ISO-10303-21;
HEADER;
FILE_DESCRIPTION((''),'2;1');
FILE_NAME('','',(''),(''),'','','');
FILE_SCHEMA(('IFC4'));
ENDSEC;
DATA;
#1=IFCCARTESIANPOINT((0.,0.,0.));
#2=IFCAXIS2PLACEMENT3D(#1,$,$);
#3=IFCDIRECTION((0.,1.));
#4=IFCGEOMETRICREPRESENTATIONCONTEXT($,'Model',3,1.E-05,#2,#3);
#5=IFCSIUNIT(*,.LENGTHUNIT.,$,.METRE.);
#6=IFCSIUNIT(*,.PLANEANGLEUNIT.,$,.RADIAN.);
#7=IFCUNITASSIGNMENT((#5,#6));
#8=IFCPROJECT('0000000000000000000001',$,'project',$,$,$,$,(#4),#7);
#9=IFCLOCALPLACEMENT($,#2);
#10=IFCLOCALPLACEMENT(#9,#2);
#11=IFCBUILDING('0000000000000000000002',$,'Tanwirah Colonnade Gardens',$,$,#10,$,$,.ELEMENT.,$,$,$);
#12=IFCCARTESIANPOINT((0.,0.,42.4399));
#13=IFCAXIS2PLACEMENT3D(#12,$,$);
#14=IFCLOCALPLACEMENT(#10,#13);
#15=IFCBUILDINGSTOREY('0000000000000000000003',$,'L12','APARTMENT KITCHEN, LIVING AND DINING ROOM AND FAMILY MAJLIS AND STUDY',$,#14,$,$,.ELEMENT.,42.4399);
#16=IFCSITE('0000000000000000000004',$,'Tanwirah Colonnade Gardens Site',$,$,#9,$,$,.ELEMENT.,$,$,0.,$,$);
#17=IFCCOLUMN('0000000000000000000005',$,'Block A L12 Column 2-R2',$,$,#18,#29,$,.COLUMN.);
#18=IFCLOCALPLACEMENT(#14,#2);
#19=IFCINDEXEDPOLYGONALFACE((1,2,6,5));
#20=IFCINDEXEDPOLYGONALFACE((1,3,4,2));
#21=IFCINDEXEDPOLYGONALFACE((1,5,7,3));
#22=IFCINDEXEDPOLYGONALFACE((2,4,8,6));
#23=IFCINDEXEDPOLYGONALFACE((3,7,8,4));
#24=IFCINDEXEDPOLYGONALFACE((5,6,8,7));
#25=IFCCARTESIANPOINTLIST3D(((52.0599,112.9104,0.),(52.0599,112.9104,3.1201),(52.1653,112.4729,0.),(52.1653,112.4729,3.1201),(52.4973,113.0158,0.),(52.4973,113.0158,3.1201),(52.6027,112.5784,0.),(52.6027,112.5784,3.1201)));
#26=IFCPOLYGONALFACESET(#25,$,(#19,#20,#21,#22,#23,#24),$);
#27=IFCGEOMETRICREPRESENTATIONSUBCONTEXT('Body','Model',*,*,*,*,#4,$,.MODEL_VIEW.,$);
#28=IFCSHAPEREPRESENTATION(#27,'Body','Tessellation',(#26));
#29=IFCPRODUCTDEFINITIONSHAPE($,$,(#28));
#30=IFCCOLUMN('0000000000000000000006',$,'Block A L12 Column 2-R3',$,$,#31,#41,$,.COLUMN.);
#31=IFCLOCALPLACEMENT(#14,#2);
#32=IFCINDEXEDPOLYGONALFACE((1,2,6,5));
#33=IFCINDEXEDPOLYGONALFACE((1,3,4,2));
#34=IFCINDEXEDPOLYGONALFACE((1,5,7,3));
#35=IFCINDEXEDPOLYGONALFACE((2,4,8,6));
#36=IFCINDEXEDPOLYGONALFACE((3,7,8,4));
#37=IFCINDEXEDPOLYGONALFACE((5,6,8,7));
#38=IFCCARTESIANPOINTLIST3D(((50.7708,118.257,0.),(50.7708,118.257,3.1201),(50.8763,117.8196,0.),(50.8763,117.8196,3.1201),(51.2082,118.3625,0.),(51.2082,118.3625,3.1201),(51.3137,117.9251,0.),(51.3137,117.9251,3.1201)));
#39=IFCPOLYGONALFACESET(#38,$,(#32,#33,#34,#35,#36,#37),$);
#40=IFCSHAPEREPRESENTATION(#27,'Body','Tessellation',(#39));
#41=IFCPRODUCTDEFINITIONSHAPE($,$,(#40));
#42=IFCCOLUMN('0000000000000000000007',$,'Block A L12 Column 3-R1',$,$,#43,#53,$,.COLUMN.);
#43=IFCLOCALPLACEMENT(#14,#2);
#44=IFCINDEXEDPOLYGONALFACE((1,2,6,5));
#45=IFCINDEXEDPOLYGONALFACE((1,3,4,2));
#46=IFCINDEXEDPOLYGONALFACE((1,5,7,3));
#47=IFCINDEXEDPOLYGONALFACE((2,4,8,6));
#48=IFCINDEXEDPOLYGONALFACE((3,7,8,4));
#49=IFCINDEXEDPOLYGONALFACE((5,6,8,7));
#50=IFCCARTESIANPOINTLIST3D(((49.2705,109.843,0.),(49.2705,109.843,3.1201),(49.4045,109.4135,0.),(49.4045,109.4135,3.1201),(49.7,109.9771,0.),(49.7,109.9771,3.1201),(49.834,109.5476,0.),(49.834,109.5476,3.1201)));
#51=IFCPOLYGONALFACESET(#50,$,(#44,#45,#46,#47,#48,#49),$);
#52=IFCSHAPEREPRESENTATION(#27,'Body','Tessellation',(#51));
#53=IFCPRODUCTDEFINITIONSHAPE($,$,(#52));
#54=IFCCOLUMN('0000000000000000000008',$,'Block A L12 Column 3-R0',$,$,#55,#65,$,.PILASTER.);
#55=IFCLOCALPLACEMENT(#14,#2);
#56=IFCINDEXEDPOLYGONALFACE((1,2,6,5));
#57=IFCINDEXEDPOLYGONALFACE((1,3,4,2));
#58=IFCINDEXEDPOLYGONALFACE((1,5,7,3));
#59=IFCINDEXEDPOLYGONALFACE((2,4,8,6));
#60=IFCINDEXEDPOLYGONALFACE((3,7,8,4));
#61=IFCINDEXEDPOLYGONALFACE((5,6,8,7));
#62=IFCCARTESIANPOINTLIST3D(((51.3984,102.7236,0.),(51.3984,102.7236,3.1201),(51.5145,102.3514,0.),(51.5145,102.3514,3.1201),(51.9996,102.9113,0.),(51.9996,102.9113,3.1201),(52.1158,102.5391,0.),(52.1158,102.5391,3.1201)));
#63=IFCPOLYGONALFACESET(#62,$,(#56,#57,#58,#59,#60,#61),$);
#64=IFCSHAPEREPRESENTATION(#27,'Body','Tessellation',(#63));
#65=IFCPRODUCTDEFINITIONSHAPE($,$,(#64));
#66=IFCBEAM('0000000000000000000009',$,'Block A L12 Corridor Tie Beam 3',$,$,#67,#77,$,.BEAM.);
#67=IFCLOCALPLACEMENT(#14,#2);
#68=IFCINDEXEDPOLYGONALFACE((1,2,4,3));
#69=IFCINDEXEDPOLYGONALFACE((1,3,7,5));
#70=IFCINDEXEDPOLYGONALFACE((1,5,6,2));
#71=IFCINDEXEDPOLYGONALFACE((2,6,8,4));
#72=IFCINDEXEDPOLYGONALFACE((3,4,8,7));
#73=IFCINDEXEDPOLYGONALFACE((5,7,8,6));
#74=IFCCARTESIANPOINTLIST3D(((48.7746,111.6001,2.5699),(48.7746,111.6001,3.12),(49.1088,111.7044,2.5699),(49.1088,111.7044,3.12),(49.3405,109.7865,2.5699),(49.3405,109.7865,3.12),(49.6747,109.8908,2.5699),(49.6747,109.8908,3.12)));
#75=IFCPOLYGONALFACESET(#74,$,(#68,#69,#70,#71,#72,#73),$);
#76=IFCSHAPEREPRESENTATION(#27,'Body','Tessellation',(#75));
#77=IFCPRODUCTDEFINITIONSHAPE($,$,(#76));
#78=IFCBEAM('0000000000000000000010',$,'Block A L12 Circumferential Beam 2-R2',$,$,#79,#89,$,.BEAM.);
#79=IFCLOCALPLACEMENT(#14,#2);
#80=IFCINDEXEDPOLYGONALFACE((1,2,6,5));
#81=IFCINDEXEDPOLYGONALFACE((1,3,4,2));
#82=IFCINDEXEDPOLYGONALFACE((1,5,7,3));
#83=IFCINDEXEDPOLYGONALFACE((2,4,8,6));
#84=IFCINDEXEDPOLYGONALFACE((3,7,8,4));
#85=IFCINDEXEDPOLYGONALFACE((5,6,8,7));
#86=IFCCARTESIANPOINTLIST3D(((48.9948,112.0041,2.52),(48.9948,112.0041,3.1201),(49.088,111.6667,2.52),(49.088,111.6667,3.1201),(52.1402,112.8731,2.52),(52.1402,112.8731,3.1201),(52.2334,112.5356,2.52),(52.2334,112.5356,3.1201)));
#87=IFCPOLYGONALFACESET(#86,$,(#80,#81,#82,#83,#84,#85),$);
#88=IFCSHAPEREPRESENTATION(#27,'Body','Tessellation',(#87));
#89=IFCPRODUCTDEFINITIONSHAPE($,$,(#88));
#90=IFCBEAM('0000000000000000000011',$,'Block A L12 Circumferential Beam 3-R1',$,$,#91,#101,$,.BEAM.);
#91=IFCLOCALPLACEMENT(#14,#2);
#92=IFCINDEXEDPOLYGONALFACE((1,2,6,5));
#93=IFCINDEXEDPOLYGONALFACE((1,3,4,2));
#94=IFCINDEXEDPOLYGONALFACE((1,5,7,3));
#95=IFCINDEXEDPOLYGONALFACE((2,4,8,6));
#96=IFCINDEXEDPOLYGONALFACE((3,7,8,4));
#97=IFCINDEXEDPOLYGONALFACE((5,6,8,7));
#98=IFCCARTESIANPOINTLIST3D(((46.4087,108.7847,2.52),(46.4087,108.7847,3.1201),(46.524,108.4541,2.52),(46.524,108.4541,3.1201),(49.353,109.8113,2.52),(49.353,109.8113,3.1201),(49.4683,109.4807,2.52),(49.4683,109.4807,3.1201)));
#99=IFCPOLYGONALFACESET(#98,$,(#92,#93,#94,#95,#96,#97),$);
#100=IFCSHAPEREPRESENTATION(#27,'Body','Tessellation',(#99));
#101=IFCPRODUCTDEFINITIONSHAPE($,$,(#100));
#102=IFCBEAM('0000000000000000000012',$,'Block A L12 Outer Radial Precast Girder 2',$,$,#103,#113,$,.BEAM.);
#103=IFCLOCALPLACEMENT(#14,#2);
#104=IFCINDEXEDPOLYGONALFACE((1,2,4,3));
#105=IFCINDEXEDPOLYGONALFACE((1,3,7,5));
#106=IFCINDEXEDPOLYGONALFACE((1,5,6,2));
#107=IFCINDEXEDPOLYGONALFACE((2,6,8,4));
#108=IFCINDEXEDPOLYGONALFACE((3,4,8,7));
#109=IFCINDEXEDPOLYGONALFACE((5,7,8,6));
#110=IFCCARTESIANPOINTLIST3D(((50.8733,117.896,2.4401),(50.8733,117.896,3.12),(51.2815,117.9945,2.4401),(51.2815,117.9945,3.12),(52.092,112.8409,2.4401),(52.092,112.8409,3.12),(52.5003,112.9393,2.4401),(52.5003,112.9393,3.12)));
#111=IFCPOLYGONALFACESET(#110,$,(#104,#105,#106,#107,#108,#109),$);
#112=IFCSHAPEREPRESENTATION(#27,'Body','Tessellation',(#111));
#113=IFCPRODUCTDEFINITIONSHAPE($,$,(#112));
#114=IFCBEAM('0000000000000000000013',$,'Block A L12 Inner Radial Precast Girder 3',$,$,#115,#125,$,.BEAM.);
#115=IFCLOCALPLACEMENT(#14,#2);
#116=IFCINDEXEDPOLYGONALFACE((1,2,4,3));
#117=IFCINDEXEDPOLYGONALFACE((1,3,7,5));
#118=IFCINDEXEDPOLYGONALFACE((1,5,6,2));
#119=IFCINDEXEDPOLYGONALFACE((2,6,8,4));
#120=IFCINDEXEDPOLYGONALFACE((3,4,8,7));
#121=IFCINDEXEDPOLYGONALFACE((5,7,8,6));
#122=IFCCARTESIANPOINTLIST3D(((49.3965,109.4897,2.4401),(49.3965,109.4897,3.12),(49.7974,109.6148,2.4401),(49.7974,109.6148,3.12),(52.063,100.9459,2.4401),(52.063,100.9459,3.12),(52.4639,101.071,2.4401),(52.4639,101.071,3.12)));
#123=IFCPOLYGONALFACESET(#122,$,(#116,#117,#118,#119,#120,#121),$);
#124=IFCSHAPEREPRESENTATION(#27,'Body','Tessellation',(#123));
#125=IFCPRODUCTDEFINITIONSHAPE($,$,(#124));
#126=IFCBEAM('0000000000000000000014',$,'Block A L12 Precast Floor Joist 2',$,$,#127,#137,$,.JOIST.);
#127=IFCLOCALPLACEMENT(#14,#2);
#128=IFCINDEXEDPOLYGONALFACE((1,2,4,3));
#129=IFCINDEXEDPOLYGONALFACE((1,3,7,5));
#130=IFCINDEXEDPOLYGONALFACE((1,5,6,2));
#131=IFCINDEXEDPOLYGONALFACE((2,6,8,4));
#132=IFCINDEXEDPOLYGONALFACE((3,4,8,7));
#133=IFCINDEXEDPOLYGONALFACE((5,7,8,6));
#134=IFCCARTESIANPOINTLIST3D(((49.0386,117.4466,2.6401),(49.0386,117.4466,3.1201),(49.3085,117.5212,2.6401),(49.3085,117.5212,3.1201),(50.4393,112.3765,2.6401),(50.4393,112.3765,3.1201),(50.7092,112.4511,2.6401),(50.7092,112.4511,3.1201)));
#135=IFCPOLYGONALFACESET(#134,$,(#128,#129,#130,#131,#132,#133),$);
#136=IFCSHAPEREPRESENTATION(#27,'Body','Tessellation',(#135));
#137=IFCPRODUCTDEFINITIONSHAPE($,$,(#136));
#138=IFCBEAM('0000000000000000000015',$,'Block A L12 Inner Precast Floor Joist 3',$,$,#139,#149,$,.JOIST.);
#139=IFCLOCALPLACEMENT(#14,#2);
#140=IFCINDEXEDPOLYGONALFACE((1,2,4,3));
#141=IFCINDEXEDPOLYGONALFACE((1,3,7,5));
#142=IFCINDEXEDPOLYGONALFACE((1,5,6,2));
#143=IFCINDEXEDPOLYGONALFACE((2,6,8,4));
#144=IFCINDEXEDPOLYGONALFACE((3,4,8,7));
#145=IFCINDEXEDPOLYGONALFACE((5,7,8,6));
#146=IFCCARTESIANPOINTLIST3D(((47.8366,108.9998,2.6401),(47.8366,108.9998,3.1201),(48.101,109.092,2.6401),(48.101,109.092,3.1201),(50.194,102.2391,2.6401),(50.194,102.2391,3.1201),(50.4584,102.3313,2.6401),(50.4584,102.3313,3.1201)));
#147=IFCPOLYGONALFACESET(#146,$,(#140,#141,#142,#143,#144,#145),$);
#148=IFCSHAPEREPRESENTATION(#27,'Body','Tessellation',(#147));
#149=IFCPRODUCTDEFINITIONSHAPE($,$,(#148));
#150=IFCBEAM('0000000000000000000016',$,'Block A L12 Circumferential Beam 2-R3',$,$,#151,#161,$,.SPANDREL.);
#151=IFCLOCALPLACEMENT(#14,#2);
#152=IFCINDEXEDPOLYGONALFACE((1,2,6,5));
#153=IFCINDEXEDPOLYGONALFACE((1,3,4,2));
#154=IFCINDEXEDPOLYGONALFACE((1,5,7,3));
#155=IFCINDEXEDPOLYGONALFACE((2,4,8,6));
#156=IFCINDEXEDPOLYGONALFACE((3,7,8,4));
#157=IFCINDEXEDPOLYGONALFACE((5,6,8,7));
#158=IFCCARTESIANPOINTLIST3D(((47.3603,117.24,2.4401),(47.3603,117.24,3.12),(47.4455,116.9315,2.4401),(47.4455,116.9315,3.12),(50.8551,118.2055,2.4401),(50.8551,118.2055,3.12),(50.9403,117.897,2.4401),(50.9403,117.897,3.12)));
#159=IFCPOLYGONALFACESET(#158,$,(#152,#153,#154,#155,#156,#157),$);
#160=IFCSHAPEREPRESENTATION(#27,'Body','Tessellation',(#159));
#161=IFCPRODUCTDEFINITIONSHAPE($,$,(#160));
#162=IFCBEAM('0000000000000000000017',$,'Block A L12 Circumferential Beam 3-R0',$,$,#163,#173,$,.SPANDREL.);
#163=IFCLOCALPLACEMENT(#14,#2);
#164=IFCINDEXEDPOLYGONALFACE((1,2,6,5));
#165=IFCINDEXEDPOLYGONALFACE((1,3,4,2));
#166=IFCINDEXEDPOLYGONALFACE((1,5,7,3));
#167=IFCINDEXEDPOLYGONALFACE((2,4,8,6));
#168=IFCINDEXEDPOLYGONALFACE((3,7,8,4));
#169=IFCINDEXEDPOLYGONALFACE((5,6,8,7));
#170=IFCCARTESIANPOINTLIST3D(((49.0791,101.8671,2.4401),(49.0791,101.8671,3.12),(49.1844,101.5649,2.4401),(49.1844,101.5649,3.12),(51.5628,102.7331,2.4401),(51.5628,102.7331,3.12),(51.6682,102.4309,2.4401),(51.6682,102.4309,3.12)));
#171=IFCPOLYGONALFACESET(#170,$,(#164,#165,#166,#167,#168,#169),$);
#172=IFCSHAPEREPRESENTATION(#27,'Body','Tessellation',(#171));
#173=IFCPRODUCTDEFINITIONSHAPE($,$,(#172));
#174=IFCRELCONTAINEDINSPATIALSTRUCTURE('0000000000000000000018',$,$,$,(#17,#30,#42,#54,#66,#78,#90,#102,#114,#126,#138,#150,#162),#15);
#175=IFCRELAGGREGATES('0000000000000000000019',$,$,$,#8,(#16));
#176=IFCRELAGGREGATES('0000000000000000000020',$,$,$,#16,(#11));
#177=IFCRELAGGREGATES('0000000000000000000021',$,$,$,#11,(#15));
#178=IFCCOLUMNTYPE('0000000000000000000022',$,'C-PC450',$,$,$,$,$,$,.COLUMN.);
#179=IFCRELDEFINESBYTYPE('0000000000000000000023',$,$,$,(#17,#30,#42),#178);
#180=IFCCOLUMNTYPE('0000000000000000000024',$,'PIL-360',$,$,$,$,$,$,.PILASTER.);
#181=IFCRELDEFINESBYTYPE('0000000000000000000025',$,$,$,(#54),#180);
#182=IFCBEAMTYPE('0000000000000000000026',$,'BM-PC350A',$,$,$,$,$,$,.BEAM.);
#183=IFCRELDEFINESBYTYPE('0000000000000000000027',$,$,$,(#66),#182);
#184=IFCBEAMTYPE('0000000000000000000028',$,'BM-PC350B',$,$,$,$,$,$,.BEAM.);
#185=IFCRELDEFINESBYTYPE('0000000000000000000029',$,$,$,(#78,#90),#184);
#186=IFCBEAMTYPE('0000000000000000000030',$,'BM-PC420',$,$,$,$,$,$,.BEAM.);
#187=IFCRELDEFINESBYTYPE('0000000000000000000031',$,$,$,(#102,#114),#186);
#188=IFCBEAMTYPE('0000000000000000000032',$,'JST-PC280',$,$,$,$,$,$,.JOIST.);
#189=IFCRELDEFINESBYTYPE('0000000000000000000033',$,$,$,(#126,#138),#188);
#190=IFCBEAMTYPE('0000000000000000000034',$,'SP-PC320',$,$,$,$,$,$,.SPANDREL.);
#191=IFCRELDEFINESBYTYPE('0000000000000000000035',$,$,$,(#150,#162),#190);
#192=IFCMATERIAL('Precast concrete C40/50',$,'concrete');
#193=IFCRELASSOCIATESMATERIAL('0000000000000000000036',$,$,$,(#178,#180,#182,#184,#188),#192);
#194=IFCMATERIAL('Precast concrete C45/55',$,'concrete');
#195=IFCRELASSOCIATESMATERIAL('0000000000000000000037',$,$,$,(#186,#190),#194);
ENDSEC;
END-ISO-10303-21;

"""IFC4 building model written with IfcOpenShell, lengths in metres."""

from ifc_helpers import new_model, si_unit, direction, frame, origin, origin_2d, place, context, subcontext, project, spatial, rectangle, extrude, material, material_profile, profile_set, type_object, element, save


model = new_model("IFC4")

# Units and contexts
model_context = context("Model", 3, precision=1e-05, world=origin(), true_north=direction((0.0, 1.0)))
body_context = subcontext(model_context, "Body", "Model", "MODEL_VIEW")
ifc_project = project(units=[si_unit("LENGTHUNIT", "METRE"), si_unit("PLANEANGLEUNIT", "RADIAN")], contexts=[model_context])

# Site, building, storey
site_placement = place(None, origin())
site = spatial("IfcSite", under=ifc_project, at=site_placement, Name="Tanwirah Colonnade Gardens Site", CompositionType="ELEMENT", RefElevation=0.0)
building_placement = place(site_placement, origin())
building = spatial("IfcBuilding", under=site, at=building_placement, Name="Tanwirah Colonnade Gardens", CompositionType="ELEMENT")
storey_placement = place(building_placement, frame((0.0, 0.0, 42.4399)))
storey = spatial("IfcBuildingStorey", under=building, at=storey_placement, Name="L12", Description="APARTMENT KITCHEN, LIVING AND DINING ROOM AND FAMILY MAJLIS AND STUDY", CompositionType="ELEMENT", Elevation=42.4399)

# Columns
ifc_material_1 = material(Name="Precast concrete C40/50", Category="concrete")
ifc_material_profile_1 = material_profile(ifc_material_1, rectangle(XDim=0.45, YDim=0.45, at=origin_2d()), Name="PC-COL 450x450")
ifc_profile_set_1 = profile_set([ifc_material_profile_1], Name="Precast concrete C40/50")
column_type_1 = type_object("IfcColumnType", Name="C-PC450", PredefinedType="COLUMN", material=ifc_profile_set_1)
for number, where, z_axis, x_axis, name in (
    (1, (52.3313, 112.7444, 0.0), (0.0, 0.0, 1.0), (-0.234388, 0.972143, 0.0), "Block A L12 Column 2-R2"),
    (2, (51.0422, 118.0911, 0.0), (0.0, 0.0, 1.0), (-0.234388, 0.972143, 0.0), "Block A L12 Column 2-R3"),
    (3, (49.5522, 109.6953, 0.0), (0.0, 0.0, 1.0), (-0.29793, 0.954588, 0.0), "Block A L12 Column 3-R1"),
):
    element("IfcColumn", number, at=place(storey_placement, frame(where, z_axis=z_axis, x_axis=x_axis)), inside=storey, type_object=column_type_1, Name=name, PredefinedType="COLUMN", context=body_context, shape_type="SweptSolid", body=[
        extrude(rectangle(XDim=0.45, YDim=0.45, at=origin_2d()), origin(), (0.0, 0.0, 1.0), 3.1201),
    ])
ifc_material_profile_2 = material_profile(ifc_material_1, rectangle(XDim=0.3899, YDim=0.6299, at=origin_2d()), Name="PC-PIL 390x630")
ifc_profile_set_2 = profile_set([ifc_material_profile_2], Name="Precast concrete C40/50")
column_type_2 = type_object("IfcColumnType", Name="PIL-360", PredefinedType="PILASTER", material=ifc_profile_set_2)
column_placement = place(storey_placement, frame((51.7571, 102.6313, 0.0), z_axis=(0.0, 0.0, 1.0), x_axis=(-0.29793, 0.954588, 0.0)))
element("IfcColumn", 4, at=column_placement, inside=storey, type_object=column_type_2, Name="Block A L12 Column 3-R0", PredefinedType="PILASTER", context=body_context, shape_type="SweptSolid", body=[
    extrude(rectangle(XDim=0.3899, YDim=0.6299, at=origin_2d()), origin(), (0.0, 0.0, 1.0), 3.1201),
])

# Beams
ifc_material_profile_3 = material_profile(ifc_material_1, rectangle(XDim=0.3501, YDim=0.55, at=origin_2d()), Name="PC-BM 350x550")
ifc_profile_set_3 = profile_set([ifc_material_profile_3], Name="Precast concrete C40/50")
beam_type_1 = type_object("IfcBeamType", Name="BM-PC350A", PredefinedType="BEAM", material=ifc_profile_set_3)
beam_1_placement = place(storey_placement, frame((49.5076, 109.8386, 2.845), z_axis=(-0.297858, 0.95461, 0.0), x_axis=(-0.95461, -0.297858, 0.0)))
element("IfcBeam", 5, at=beam_1_placement, inside=storey, type_object=beam_type_1, Name="Block A L12 Corridor Tie Beam 3", PredefinedType="BEAM", context=body_context, shape_type="SweptSolid", body=[
    extrude(rectangle(XDim=0.3501, YDim=0.55, at=origin_2d()), origin(), (0.0, 0.0, 1.0), 1.8999),
])
ifc_material_profile_4 = material_profile(ifc_material_1, rectangle(XDim=0.3501, YDim=0.6001, at=origin_2d()), Name="PC-BM 350x600")
ifc_profile_set_4 = profile_set([ifc_material_profile_4], Name="Precast concrete C40/50")
beam_type_2 = type_object("IfcBeamType", Name="BM-PC350B", PredefinedType="BEAM", material=ifc_profile_set_4)
beam_2_placement = place(storey_placement, frame((52.1868, 112.7043, 2.8201), z_axis=(-0.963895, -0.266281, 0.0), x_axis=(0.266281, -0.963895, 0.0)))
element("IfcBeam", 6, at=beam_2_placement, inside=storey, type_object=beam_type_2, Name="Block A L12 Circumferential Beam 2-R2", PredefinedType="BEAM", context=body_context, shape_type="SweptSolid", body=[
    extrude(rectangle(XDim=0.3501, YDim=0.6001, at=origin_2d()), origin(), (0.0, 0.0, 1.0), 3.2632),
])
beam_3_placement = place(storey_placement, frame((49.4106, 109.646, 2.8201), z_axis=(-0.944248, -0.329234, 0.0), x_axis=(0.329234, -0.944248, 0.0)))
element("IfcBeam", 7, at=beam_3_placement, inside=storey, type_object=beam_type_2, Name="Block A L12 Circumferential Beam 3-R1", PredefinedType="BEAM", context=body_context, shape_type="SweptSolid", body=[
    extrude(rectangle(XDim=0.3501, YDim=0.6001, at=origin_2d()), origin(), (0.0, 0.0, 1.0), 3.1182),
])
ifc_material_2 = material(Name="Precast concrete C45/55", Category="concrete")
ifc_material_profile_5 = material_profile(ifc_material_2, rectangle(XDim=0.4199, YDim=0.6799, at=origin_2d()), Name="PC-BM 420x680")
ifc_profile_set_5 = profile_set([ifc_material_profile_5], Name="Precast concrete C45/55")
beam_type_3 = type_object("IfcBeamType", Name="BM-PC420", PredefinedType="BEAM", material=ifc_profile_set_5)
beam_4_placement = place(storey_placement, frame((52.2961, 112.8901, 2.78), z_axis=(-0.234374, 0.972146, 0.0), x_axis=(-0.972146, -0.234374, 0.0)))
element("IfcBeam", 8, at=beam_4_placement, inside=storey, type_object=beam_type_3, Name="Block A L12 Outer Radial Precast Girder 2", PredefinedType="BEAM", context=body_context, shape_type="SweptSolid", body=[
    extrude(rectangle(XDim=0.4199, YDim=0.6799, at=origin_2d()), origin(), (0.0, 0.0, 1.0), 5.2),
])
beam_5_placement = place(storey_placement, frame((49.5969, 109.5522, 2.78), z_axis=(0.297929, -0.954588, 0.0), x_axis=(0.954588, 0.297929, 0.0)))
element("IfcBeam", 9, at=beam_5_placement, inside=storey, type_object=beam_type_3, Name="Block A L12 Inner Radial Precast Girder 3", PredefinedType="BEAM", context=body_context, shape_type="SweptSolid", body=[
    extrude(rectangle(XDim=0.4199, YDim=0.6799, at=origin_2d()), origin(), (0.0, 0.0, 1.0), 8.9502),
])
ifc_material_profile_6 = material_profile(ifc_material_1, rectangle(XDim=0.28, YDim=0.48, at=origin_2d()), Name="PC-JST 280x480")
ifc_profile_set_6 = profile_set([ifc_material_profile_6], Name="Precast concrete C40/50")
beam_type_4 = type_object("IfcBeamType", Name="JST-PC280", PredefinedType="JOIST", material=ifc_profile_set_6)
beam_6_placement = place(storey_placement, frame((50.5742, 112.4138, 2.8801), z_axis=(-0.266281, 0.963895, 0.0), x_axis=(-0.963895, -0.266281, 0.0)))
element("IfcBeam", 10, at=beam_6_placement, inside=storey, type_object=beam_type_4, Name="Block A L12 Precast Floor Joist 2", PredefinedType="JOIST", context=body_context, shape_type="SweptSolid", body=[
    extrude(rectangle(XDim=0.28, YDim=0.48, at=origin_2d()), origin(), (0.0, 0.0, 1.0), 5.26),
])
beam_7_placement = place(storey_placement, frame((50.3262, 102.2852, 2.8801), z_axis=(-0.329251, 0.944243, 0.0), x_axis=(-0.944243, -0.329251, 0.0)))
element("IfcBeam", 11, at=beam_7_placement, inside=storey, type_object=beam_type_4, Name="Block A L12 Inner Precast Floor Joist 3", PredefinedType="JOIST", context=body_context, shape_type="SweptSolid", body=[
    extrude(rectangle(XDim=0.28, YDim=0.48, at=origin_2d()), origin(), (0.0, 0.0, 1.0), 7.1599),
])
ifc_material_profile_7 = material_profile(ifc_material_2, rectangle(XDim=0.3201, YDim=0.6799, at=origin_2d()), Name="PC-SP 320x680")
ifc_profile_set_7 = profile_set([ifc_material_profile_7], Name="Precast concrete C45/55")
beam_type_5 = type_object("IfcBeamType", Name="SP-PC320", PredefinedType="SPANDREL", material=ifc_profile_set_7)
beam_8_placement = place(storey_placement, frame((50.8977, 118.0513, 2.78), z_axis=(-0.963888, -0.266307, 0.0), x_axis=(0.266307, -0.963888, 0.0)))
element("IfcBeam", 12, at=beam_8_placement, inside=storey, type_object=beam_type_5, Name="Block A L12 Circumferential Beam 2-R3", PredefinedType="SPANDREL", context=body_context, shape_type="SweptSolid", body=[
    extrude(rectangle(XDim=0.3201, YDim=0.6799, at=origin_2d()), origin(), (0.0, 0.0, 1.0), 3.6257),
])
beam_9_placement = place(storey_placement, frame((51.6155, 102.582, 2.78), z_axis=(-0.94425, -0.32923, 0.0), x_axis=(0.32923, -0.94425, 0.0)))
element("IfcBeam", 13, at=beam_9_placement, inside=storey, type_object=beam_type_5, Name="Block A L12 Circumferential Beam 3-R0", PredefinedType="SPANDREL", context=body_context, shape_type="SweptSolid", body=[
    extrude(rectangle(XDim=0.3201, YDim=0.6799, at=origin_2d()), origin(), (0.0, 0.0, 1.0), 2.6304),
])

save(model, "model.ifc")
